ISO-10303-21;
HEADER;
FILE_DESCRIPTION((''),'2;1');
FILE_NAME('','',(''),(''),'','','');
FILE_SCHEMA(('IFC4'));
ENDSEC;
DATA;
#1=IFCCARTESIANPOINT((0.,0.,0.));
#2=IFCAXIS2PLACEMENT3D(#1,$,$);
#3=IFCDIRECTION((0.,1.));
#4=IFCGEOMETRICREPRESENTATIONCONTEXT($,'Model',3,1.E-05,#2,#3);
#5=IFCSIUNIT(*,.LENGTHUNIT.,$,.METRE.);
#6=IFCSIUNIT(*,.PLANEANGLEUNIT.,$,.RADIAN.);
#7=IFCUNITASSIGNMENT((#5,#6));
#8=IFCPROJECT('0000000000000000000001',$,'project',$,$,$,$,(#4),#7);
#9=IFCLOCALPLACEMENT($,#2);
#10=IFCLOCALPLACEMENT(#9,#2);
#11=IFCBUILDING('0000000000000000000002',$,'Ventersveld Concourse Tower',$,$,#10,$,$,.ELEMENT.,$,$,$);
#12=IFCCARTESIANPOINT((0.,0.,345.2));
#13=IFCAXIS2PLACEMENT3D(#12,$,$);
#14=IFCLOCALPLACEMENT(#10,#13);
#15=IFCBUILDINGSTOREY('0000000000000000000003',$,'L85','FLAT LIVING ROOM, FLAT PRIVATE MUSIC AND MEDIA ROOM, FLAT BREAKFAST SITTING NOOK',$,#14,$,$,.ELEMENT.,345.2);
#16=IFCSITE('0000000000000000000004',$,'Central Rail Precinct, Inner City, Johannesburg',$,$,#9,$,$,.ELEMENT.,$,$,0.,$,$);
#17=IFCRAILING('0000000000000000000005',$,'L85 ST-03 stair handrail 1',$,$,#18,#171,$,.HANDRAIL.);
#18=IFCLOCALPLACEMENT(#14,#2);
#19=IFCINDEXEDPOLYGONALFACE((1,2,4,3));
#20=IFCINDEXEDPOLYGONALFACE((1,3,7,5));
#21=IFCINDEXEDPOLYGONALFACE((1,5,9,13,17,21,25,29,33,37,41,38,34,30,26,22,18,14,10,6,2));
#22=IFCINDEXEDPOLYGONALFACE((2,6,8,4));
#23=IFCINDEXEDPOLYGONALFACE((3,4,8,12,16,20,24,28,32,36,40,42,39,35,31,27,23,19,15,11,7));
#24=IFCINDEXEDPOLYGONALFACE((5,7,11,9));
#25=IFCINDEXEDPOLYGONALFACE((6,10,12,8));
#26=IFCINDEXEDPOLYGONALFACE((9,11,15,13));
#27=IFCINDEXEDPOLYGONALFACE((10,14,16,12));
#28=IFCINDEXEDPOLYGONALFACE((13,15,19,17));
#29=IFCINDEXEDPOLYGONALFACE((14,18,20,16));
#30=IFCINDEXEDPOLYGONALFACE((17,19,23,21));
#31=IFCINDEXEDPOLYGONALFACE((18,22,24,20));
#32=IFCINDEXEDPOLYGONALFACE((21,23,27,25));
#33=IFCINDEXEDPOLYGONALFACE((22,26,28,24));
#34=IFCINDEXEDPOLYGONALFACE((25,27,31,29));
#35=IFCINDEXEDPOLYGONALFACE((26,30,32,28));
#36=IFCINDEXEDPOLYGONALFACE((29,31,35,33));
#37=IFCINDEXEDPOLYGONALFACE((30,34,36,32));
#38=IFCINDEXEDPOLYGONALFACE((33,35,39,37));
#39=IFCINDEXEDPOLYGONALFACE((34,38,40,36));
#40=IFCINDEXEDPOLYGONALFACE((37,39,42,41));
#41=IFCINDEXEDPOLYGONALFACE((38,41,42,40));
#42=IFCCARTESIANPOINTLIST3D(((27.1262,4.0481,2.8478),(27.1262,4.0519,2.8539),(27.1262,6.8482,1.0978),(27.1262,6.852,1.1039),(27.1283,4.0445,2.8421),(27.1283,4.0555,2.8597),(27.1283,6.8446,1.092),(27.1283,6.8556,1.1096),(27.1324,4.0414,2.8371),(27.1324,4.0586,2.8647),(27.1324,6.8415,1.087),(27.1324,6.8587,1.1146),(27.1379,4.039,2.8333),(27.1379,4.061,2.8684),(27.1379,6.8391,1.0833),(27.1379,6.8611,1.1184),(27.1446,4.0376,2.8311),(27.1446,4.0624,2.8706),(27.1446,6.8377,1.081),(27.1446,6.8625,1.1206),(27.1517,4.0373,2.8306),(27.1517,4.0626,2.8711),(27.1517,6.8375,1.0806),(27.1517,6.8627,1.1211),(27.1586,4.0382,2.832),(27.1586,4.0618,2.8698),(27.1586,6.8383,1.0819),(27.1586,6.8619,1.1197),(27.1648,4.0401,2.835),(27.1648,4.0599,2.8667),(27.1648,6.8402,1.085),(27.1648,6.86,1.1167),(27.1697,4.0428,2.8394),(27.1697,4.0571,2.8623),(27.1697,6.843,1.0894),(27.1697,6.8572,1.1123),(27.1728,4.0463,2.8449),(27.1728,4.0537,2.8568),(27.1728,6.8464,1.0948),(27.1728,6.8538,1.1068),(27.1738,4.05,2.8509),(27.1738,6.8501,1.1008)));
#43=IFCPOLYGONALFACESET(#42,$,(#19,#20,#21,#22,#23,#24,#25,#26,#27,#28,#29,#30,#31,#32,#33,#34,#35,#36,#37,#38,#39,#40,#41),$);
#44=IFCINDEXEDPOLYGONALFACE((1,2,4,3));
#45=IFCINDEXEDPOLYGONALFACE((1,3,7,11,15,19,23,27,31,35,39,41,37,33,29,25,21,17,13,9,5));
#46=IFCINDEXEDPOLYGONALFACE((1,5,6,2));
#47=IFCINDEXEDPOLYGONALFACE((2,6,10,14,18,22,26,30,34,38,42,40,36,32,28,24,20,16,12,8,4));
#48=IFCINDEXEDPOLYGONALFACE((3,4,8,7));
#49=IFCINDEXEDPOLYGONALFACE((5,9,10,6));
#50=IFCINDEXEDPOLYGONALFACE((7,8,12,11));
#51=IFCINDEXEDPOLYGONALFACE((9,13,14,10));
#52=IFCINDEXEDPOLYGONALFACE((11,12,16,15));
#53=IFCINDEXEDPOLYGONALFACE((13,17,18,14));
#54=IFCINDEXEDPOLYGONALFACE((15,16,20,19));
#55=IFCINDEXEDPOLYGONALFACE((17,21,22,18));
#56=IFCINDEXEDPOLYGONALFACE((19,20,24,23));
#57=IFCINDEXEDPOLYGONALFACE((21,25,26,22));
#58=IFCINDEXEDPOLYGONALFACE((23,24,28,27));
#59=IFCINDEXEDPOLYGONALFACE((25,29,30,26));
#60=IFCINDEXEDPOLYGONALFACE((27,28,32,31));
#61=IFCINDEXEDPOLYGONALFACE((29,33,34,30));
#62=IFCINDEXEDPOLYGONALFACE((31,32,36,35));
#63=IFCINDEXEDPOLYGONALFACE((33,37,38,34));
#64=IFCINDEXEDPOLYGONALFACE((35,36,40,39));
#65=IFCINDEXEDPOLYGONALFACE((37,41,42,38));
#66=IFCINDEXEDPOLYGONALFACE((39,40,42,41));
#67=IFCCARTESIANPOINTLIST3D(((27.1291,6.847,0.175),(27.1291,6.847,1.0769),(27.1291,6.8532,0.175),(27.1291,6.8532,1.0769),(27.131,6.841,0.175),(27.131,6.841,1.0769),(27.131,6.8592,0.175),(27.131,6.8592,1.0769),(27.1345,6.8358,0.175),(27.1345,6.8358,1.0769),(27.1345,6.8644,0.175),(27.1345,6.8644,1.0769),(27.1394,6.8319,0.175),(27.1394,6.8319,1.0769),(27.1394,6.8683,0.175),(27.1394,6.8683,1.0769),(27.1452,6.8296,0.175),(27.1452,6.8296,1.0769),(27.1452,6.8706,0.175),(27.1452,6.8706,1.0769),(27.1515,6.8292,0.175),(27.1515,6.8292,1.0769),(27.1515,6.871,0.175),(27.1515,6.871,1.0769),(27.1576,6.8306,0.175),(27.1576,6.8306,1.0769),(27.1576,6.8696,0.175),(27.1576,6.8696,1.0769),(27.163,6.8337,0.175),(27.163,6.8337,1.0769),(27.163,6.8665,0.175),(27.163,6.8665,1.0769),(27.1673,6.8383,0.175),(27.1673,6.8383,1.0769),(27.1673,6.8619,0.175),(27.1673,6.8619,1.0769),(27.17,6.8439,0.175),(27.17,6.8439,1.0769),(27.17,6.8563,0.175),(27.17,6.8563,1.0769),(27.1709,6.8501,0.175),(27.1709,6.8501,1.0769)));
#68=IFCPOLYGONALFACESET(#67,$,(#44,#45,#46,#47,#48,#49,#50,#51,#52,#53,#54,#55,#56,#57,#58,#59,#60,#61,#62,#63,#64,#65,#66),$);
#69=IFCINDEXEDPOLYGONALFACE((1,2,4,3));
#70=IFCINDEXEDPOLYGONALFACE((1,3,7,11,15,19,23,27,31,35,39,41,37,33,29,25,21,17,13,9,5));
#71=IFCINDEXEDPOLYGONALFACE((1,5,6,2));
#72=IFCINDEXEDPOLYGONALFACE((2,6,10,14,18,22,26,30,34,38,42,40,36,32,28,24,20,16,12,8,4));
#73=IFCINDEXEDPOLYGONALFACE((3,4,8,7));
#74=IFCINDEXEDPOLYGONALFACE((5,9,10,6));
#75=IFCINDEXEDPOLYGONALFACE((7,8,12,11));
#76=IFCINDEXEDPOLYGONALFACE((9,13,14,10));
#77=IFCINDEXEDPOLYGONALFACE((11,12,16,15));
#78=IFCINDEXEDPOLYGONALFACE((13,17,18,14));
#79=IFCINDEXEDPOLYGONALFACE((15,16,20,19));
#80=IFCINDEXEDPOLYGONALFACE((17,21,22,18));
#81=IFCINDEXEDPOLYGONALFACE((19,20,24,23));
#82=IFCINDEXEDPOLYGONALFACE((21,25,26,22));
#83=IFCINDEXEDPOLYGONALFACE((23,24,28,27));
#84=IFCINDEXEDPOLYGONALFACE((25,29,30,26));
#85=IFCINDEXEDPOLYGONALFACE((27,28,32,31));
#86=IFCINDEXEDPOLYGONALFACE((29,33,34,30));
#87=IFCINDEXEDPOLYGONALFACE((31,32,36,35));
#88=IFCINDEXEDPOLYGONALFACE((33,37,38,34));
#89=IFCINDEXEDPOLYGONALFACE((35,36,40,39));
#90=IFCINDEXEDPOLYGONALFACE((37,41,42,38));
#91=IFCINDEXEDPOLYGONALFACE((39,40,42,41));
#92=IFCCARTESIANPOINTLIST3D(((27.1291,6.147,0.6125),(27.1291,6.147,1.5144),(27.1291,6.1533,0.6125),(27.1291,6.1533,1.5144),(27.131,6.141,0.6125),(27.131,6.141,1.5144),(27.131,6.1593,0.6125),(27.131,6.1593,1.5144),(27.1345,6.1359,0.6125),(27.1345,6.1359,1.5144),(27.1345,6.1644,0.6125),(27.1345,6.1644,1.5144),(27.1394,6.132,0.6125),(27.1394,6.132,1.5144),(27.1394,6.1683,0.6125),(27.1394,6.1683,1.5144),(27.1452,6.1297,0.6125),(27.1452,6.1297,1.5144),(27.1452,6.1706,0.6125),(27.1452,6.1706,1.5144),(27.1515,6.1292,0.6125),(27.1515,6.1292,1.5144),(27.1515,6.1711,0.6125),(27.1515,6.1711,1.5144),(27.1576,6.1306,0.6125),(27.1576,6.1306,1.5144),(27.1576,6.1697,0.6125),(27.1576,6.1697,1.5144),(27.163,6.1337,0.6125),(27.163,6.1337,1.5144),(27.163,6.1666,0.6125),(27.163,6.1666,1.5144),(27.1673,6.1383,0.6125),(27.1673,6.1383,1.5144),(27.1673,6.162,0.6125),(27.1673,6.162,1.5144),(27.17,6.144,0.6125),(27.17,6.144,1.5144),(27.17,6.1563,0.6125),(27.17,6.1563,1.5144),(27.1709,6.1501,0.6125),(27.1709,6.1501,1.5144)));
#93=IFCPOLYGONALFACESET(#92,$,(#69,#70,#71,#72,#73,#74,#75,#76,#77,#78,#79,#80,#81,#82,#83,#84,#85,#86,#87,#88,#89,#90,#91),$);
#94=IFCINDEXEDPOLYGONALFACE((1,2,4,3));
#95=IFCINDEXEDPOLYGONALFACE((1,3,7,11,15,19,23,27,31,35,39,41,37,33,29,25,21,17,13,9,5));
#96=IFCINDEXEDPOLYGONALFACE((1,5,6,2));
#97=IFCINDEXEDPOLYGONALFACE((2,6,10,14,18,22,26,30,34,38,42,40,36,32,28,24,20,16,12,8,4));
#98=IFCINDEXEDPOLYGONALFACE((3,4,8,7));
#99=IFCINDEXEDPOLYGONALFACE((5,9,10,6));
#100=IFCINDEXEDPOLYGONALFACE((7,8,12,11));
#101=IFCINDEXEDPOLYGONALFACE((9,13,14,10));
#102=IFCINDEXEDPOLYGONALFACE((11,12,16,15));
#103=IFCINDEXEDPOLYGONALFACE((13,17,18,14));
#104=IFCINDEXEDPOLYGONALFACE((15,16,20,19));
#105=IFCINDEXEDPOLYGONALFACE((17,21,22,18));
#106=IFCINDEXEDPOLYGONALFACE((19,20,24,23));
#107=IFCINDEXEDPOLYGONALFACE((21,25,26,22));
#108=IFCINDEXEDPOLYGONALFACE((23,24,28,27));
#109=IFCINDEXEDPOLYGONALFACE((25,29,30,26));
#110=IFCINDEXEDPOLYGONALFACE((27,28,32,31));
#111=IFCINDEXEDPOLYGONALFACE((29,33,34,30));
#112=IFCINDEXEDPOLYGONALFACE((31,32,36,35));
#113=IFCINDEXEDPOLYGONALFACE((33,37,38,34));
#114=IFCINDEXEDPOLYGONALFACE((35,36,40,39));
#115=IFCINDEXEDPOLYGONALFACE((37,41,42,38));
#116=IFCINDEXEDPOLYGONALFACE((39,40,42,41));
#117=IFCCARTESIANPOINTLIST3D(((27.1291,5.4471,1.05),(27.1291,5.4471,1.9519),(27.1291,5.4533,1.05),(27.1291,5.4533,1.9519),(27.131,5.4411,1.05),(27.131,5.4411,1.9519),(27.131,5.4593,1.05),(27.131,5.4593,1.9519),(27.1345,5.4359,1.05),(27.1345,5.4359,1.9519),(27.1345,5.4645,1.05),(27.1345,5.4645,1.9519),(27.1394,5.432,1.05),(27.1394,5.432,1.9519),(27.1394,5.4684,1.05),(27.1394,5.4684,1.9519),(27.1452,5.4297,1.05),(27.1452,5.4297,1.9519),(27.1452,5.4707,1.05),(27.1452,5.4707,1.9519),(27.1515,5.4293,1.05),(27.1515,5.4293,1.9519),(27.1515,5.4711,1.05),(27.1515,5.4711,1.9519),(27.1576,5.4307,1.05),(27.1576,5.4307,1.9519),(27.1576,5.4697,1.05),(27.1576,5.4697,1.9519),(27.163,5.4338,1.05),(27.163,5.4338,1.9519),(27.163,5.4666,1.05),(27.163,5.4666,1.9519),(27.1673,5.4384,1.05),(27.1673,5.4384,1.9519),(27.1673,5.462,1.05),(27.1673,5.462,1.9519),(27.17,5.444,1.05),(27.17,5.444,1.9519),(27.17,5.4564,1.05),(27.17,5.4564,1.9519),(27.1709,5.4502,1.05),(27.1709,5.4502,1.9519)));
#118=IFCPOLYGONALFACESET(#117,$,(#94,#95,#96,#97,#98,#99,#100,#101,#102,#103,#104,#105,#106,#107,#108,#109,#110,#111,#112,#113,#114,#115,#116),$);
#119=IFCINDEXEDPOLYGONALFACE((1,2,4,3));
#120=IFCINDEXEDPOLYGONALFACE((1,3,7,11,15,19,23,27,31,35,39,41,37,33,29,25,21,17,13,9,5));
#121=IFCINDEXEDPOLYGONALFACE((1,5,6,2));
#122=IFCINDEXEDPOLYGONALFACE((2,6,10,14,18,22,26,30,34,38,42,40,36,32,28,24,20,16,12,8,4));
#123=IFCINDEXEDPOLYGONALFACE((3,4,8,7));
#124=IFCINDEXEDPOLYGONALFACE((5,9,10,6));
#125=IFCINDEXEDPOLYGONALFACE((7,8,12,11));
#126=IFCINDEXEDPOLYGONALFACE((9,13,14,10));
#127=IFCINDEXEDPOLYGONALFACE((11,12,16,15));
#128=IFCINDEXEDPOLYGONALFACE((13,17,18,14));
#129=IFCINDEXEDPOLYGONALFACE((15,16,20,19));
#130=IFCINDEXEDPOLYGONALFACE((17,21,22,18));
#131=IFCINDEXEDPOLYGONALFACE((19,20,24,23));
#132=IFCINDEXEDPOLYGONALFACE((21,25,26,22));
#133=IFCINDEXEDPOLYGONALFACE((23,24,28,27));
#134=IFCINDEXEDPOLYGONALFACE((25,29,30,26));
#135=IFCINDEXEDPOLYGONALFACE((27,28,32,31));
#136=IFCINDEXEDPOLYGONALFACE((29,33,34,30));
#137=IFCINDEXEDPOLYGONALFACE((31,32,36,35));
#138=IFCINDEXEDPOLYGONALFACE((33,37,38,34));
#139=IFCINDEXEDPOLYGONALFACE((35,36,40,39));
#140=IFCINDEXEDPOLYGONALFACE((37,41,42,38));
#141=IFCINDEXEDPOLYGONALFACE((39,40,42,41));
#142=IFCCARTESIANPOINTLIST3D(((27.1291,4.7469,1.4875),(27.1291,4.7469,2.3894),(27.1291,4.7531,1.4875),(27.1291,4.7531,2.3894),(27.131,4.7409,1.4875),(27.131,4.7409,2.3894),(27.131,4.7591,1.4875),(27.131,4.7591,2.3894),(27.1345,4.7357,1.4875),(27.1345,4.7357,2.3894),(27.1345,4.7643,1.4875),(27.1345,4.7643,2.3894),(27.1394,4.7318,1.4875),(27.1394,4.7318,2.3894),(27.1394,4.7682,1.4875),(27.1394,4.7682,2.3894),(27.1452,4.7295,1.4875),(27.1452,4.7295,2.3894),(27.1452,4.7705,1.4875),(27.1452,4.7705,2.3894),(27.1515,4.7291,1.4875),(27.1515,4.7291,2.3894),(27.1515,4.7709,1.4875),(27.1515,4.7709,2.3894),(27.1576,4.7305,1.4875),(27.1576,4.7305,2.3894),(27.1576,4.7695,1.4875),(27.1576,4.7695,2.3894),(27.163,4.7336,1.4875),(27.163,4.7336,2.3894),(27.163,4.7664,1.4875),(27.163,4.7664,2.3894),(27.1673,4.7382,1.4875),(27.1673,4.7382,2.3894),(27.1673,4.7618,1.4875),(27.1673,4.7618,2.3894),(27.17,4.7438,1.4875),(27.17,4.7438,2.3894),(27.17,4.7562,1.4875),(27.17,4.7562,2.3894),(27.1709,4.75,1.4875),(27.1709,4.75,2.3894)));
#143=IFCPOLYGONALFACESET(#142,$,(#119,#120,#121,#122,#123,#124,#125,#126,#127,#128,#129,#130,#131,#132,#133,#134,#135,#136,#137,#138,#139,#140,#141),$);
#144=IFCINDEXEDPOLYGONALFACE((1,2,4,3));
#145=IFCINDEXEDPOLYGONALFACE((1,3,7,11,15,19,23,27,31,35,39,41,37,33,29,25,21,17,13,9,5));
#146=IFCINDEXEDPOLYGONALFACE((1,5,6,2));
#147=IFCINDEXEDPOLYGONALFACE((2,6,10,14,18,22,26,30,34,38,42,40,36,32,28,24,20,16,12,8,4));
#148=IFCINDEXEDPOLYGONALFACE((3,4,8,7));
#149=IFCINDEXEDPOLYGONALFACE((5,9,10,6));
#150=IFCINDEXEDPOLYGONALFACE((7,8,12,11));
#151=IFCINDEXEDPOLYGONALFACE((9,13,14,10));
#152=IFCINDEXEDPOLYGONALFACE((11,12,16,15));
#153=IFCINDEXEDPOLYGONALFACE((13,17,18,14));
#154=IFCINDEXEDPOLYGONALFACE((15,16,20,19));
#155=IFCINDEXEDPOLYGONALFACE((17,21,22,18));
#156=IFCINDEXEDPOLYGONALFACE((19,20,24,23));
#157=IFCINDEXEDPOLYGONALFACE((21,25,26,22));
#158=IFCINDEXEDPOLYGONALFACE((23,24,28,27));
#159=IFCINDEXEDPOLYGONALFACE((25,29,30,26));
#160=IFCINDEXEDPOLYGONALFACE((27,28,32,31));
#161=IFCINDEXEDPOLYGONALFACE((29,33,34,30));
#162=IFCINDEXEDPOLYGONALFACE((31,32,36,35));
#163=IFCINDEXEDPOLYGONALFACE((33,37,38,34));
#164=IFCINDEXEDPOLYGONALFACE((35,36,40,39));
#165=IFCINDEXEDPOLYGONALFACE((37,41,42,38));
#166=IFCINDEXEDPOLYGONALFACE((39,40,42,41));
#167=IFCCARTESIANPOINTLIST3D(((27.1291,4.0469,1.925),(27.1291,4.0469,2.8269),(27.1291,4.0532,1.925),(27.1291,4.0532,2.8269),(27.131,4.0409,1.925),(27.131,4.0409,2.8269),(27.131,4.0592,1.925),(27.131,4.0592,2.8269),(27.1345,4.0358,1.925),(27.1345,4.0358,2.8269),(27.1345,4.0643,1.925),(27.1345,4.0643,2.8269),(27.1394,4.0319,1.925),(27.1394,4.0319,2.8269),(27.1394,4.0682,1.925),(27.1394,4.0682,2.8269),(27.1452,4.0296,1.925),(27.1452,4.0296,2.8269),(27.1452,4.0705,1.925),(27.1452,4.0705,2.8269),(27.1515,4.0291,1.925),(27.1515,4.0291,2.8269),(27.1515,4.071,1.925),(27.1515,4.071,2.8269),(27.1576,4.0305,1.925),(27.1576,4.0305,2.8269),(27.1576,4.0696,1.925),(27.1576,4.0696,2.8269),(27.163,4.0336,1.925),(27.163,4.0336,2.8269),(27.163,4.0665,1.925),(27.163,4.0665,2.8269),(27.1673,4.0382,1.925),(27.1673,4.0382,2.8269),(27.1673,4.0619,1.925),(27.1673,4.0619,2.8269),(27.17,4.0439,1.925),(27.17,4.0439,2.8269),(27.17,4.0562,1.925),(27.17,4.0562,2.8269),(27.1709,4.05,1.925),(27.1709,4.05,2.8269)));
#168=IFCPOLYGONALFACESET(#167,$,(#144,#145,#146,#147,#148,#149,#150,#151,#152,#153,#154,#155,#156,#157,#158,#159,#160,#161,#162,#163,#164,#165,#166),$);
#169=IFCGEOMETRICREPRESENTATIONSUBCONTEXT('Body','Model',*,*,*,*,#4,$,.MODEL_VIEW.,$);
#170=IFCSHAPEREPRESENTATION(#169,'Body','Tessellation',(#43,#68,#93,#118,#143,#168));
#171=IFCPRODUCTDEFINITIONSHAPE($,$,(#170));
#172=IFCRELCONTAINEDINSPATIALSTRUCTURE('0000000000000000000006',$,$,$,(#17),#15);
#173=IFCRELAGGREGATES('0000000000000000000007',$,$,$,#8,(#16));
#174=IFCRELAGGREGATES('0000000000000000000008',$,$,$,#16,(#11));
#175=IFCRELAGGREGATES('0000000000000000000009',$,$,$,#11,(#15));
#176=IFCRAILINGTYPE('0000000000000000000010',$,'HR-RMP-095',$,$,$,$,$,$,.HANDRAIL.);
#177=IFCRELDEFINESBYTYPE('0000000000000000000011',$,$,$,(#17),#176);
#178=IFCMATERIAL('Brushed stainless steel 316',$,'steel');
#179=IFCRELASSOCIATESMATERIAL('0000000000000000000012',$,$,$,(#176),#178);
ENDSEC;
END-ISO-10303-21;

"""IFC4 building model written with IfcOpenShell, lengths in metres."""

from ifc_helpers import new_model, si_unit, direction, frame, origin, origin_2d, place, context, subcontext, project, spatial, circle, extrude, material, type_object, element, save


model = new_model("IFC4")

# Units and contexts
model_context = context("Model", 3, precision=1e-05, world=origin(), true_north=direction((0.0, 1.0)))
body_context = subcontext(model_context, "Body", "Model", "MODEL_VIEW")
ifc_project = project(units=[si_unit("LENGTHUNIT", "METRE"), si_unit("PLANEANGLEUNIT", "RADIAN")], contexts=[model_context])

# Site, building, storey
site_placement = place(None, origin())
site = spatial("IfcSite", under=ifc_project, at=site_placement, Name="Central Rail Precinct, Inner City, Johannesburg", CompositionType="ELEMENT", RefElevation=0.0)
building_placement = place(site_placement, origin())
building = spatial("IfcBuilding", under=site, at=building_placement, Name="Ventersveld Concourse Tower", CompositionType="ELEMENT")
storey_placement = place(building_placement, frame((0.0, 0.0, 345.2)))
storey = spatial("IfcBuildingStorey", under=building, at=storey_placement, Name="L85", Description="FLAT LIVING ROOM, FLAT PRIVATE MUSIC AND MEDIA ROOM, FLAT BREAKFAST SITTING NOOK", CompositionType="ELEMENT", Elevation=345.2)

# Shared definitions
ifc_material_1 = material(Name="Brushed stainless steel 316", Category="steel")

# Railing
railing_type_1 = type_object("IfcRailingType", Name="HR-RMP-095", PredefinedType="HANDRAIL", material=ifc_material_1)
railing_1_placement = place(storey_placement, frame((27.1499, 6.8501, 0.175)))
element("IfcRailing", 1, at=railing_1_placement, inside=storey, type_object=railing_type_1, Name="L85 ST-03 stair handrail 1", PredefinedType="HANDRAIL", context=body_context, shape_type="SweptSolid", body=[
    extrude(circle(Radius=0.0239, at=origin_2d()), frame((0.0, 0.0, 0.9258), z_axis=(0.0, -0.848002, 0.529992), x_axis=(1.0, 0.0, 0.0)), (0.0, 0.0, 1.0), 3.302),
    extrude(circle(Radius=0.021, at=origin_2d()), origin(), (0.0, 0.0, 1.0), 0.9019),
    extrude(circle(Radius=0.021, at=origin_2d()), frame((0.0, -0.7, 0.4375)), (0.0, 0.0, 1.0), 0.9019),
    extrude(circle(Radius=0.021, at=origin_2d()), frame((0.0, -1.3999, 0.875)), (0.0, 0.0, 1.0), 0.9019),
    extrude(circle(Radius=0.021, at=origin_2d()), frame((0.0, -2.1001, 1.3125)), (0.0, 0.0, 1.0), 0.9019),
    extrude(circle(Radius=0.021, at=origin_2d()), frame((0.0, -2.8, 1.75)), (0.0, 0.0, 1.0), 0.9019),
])

save(model, "model.ifc")
